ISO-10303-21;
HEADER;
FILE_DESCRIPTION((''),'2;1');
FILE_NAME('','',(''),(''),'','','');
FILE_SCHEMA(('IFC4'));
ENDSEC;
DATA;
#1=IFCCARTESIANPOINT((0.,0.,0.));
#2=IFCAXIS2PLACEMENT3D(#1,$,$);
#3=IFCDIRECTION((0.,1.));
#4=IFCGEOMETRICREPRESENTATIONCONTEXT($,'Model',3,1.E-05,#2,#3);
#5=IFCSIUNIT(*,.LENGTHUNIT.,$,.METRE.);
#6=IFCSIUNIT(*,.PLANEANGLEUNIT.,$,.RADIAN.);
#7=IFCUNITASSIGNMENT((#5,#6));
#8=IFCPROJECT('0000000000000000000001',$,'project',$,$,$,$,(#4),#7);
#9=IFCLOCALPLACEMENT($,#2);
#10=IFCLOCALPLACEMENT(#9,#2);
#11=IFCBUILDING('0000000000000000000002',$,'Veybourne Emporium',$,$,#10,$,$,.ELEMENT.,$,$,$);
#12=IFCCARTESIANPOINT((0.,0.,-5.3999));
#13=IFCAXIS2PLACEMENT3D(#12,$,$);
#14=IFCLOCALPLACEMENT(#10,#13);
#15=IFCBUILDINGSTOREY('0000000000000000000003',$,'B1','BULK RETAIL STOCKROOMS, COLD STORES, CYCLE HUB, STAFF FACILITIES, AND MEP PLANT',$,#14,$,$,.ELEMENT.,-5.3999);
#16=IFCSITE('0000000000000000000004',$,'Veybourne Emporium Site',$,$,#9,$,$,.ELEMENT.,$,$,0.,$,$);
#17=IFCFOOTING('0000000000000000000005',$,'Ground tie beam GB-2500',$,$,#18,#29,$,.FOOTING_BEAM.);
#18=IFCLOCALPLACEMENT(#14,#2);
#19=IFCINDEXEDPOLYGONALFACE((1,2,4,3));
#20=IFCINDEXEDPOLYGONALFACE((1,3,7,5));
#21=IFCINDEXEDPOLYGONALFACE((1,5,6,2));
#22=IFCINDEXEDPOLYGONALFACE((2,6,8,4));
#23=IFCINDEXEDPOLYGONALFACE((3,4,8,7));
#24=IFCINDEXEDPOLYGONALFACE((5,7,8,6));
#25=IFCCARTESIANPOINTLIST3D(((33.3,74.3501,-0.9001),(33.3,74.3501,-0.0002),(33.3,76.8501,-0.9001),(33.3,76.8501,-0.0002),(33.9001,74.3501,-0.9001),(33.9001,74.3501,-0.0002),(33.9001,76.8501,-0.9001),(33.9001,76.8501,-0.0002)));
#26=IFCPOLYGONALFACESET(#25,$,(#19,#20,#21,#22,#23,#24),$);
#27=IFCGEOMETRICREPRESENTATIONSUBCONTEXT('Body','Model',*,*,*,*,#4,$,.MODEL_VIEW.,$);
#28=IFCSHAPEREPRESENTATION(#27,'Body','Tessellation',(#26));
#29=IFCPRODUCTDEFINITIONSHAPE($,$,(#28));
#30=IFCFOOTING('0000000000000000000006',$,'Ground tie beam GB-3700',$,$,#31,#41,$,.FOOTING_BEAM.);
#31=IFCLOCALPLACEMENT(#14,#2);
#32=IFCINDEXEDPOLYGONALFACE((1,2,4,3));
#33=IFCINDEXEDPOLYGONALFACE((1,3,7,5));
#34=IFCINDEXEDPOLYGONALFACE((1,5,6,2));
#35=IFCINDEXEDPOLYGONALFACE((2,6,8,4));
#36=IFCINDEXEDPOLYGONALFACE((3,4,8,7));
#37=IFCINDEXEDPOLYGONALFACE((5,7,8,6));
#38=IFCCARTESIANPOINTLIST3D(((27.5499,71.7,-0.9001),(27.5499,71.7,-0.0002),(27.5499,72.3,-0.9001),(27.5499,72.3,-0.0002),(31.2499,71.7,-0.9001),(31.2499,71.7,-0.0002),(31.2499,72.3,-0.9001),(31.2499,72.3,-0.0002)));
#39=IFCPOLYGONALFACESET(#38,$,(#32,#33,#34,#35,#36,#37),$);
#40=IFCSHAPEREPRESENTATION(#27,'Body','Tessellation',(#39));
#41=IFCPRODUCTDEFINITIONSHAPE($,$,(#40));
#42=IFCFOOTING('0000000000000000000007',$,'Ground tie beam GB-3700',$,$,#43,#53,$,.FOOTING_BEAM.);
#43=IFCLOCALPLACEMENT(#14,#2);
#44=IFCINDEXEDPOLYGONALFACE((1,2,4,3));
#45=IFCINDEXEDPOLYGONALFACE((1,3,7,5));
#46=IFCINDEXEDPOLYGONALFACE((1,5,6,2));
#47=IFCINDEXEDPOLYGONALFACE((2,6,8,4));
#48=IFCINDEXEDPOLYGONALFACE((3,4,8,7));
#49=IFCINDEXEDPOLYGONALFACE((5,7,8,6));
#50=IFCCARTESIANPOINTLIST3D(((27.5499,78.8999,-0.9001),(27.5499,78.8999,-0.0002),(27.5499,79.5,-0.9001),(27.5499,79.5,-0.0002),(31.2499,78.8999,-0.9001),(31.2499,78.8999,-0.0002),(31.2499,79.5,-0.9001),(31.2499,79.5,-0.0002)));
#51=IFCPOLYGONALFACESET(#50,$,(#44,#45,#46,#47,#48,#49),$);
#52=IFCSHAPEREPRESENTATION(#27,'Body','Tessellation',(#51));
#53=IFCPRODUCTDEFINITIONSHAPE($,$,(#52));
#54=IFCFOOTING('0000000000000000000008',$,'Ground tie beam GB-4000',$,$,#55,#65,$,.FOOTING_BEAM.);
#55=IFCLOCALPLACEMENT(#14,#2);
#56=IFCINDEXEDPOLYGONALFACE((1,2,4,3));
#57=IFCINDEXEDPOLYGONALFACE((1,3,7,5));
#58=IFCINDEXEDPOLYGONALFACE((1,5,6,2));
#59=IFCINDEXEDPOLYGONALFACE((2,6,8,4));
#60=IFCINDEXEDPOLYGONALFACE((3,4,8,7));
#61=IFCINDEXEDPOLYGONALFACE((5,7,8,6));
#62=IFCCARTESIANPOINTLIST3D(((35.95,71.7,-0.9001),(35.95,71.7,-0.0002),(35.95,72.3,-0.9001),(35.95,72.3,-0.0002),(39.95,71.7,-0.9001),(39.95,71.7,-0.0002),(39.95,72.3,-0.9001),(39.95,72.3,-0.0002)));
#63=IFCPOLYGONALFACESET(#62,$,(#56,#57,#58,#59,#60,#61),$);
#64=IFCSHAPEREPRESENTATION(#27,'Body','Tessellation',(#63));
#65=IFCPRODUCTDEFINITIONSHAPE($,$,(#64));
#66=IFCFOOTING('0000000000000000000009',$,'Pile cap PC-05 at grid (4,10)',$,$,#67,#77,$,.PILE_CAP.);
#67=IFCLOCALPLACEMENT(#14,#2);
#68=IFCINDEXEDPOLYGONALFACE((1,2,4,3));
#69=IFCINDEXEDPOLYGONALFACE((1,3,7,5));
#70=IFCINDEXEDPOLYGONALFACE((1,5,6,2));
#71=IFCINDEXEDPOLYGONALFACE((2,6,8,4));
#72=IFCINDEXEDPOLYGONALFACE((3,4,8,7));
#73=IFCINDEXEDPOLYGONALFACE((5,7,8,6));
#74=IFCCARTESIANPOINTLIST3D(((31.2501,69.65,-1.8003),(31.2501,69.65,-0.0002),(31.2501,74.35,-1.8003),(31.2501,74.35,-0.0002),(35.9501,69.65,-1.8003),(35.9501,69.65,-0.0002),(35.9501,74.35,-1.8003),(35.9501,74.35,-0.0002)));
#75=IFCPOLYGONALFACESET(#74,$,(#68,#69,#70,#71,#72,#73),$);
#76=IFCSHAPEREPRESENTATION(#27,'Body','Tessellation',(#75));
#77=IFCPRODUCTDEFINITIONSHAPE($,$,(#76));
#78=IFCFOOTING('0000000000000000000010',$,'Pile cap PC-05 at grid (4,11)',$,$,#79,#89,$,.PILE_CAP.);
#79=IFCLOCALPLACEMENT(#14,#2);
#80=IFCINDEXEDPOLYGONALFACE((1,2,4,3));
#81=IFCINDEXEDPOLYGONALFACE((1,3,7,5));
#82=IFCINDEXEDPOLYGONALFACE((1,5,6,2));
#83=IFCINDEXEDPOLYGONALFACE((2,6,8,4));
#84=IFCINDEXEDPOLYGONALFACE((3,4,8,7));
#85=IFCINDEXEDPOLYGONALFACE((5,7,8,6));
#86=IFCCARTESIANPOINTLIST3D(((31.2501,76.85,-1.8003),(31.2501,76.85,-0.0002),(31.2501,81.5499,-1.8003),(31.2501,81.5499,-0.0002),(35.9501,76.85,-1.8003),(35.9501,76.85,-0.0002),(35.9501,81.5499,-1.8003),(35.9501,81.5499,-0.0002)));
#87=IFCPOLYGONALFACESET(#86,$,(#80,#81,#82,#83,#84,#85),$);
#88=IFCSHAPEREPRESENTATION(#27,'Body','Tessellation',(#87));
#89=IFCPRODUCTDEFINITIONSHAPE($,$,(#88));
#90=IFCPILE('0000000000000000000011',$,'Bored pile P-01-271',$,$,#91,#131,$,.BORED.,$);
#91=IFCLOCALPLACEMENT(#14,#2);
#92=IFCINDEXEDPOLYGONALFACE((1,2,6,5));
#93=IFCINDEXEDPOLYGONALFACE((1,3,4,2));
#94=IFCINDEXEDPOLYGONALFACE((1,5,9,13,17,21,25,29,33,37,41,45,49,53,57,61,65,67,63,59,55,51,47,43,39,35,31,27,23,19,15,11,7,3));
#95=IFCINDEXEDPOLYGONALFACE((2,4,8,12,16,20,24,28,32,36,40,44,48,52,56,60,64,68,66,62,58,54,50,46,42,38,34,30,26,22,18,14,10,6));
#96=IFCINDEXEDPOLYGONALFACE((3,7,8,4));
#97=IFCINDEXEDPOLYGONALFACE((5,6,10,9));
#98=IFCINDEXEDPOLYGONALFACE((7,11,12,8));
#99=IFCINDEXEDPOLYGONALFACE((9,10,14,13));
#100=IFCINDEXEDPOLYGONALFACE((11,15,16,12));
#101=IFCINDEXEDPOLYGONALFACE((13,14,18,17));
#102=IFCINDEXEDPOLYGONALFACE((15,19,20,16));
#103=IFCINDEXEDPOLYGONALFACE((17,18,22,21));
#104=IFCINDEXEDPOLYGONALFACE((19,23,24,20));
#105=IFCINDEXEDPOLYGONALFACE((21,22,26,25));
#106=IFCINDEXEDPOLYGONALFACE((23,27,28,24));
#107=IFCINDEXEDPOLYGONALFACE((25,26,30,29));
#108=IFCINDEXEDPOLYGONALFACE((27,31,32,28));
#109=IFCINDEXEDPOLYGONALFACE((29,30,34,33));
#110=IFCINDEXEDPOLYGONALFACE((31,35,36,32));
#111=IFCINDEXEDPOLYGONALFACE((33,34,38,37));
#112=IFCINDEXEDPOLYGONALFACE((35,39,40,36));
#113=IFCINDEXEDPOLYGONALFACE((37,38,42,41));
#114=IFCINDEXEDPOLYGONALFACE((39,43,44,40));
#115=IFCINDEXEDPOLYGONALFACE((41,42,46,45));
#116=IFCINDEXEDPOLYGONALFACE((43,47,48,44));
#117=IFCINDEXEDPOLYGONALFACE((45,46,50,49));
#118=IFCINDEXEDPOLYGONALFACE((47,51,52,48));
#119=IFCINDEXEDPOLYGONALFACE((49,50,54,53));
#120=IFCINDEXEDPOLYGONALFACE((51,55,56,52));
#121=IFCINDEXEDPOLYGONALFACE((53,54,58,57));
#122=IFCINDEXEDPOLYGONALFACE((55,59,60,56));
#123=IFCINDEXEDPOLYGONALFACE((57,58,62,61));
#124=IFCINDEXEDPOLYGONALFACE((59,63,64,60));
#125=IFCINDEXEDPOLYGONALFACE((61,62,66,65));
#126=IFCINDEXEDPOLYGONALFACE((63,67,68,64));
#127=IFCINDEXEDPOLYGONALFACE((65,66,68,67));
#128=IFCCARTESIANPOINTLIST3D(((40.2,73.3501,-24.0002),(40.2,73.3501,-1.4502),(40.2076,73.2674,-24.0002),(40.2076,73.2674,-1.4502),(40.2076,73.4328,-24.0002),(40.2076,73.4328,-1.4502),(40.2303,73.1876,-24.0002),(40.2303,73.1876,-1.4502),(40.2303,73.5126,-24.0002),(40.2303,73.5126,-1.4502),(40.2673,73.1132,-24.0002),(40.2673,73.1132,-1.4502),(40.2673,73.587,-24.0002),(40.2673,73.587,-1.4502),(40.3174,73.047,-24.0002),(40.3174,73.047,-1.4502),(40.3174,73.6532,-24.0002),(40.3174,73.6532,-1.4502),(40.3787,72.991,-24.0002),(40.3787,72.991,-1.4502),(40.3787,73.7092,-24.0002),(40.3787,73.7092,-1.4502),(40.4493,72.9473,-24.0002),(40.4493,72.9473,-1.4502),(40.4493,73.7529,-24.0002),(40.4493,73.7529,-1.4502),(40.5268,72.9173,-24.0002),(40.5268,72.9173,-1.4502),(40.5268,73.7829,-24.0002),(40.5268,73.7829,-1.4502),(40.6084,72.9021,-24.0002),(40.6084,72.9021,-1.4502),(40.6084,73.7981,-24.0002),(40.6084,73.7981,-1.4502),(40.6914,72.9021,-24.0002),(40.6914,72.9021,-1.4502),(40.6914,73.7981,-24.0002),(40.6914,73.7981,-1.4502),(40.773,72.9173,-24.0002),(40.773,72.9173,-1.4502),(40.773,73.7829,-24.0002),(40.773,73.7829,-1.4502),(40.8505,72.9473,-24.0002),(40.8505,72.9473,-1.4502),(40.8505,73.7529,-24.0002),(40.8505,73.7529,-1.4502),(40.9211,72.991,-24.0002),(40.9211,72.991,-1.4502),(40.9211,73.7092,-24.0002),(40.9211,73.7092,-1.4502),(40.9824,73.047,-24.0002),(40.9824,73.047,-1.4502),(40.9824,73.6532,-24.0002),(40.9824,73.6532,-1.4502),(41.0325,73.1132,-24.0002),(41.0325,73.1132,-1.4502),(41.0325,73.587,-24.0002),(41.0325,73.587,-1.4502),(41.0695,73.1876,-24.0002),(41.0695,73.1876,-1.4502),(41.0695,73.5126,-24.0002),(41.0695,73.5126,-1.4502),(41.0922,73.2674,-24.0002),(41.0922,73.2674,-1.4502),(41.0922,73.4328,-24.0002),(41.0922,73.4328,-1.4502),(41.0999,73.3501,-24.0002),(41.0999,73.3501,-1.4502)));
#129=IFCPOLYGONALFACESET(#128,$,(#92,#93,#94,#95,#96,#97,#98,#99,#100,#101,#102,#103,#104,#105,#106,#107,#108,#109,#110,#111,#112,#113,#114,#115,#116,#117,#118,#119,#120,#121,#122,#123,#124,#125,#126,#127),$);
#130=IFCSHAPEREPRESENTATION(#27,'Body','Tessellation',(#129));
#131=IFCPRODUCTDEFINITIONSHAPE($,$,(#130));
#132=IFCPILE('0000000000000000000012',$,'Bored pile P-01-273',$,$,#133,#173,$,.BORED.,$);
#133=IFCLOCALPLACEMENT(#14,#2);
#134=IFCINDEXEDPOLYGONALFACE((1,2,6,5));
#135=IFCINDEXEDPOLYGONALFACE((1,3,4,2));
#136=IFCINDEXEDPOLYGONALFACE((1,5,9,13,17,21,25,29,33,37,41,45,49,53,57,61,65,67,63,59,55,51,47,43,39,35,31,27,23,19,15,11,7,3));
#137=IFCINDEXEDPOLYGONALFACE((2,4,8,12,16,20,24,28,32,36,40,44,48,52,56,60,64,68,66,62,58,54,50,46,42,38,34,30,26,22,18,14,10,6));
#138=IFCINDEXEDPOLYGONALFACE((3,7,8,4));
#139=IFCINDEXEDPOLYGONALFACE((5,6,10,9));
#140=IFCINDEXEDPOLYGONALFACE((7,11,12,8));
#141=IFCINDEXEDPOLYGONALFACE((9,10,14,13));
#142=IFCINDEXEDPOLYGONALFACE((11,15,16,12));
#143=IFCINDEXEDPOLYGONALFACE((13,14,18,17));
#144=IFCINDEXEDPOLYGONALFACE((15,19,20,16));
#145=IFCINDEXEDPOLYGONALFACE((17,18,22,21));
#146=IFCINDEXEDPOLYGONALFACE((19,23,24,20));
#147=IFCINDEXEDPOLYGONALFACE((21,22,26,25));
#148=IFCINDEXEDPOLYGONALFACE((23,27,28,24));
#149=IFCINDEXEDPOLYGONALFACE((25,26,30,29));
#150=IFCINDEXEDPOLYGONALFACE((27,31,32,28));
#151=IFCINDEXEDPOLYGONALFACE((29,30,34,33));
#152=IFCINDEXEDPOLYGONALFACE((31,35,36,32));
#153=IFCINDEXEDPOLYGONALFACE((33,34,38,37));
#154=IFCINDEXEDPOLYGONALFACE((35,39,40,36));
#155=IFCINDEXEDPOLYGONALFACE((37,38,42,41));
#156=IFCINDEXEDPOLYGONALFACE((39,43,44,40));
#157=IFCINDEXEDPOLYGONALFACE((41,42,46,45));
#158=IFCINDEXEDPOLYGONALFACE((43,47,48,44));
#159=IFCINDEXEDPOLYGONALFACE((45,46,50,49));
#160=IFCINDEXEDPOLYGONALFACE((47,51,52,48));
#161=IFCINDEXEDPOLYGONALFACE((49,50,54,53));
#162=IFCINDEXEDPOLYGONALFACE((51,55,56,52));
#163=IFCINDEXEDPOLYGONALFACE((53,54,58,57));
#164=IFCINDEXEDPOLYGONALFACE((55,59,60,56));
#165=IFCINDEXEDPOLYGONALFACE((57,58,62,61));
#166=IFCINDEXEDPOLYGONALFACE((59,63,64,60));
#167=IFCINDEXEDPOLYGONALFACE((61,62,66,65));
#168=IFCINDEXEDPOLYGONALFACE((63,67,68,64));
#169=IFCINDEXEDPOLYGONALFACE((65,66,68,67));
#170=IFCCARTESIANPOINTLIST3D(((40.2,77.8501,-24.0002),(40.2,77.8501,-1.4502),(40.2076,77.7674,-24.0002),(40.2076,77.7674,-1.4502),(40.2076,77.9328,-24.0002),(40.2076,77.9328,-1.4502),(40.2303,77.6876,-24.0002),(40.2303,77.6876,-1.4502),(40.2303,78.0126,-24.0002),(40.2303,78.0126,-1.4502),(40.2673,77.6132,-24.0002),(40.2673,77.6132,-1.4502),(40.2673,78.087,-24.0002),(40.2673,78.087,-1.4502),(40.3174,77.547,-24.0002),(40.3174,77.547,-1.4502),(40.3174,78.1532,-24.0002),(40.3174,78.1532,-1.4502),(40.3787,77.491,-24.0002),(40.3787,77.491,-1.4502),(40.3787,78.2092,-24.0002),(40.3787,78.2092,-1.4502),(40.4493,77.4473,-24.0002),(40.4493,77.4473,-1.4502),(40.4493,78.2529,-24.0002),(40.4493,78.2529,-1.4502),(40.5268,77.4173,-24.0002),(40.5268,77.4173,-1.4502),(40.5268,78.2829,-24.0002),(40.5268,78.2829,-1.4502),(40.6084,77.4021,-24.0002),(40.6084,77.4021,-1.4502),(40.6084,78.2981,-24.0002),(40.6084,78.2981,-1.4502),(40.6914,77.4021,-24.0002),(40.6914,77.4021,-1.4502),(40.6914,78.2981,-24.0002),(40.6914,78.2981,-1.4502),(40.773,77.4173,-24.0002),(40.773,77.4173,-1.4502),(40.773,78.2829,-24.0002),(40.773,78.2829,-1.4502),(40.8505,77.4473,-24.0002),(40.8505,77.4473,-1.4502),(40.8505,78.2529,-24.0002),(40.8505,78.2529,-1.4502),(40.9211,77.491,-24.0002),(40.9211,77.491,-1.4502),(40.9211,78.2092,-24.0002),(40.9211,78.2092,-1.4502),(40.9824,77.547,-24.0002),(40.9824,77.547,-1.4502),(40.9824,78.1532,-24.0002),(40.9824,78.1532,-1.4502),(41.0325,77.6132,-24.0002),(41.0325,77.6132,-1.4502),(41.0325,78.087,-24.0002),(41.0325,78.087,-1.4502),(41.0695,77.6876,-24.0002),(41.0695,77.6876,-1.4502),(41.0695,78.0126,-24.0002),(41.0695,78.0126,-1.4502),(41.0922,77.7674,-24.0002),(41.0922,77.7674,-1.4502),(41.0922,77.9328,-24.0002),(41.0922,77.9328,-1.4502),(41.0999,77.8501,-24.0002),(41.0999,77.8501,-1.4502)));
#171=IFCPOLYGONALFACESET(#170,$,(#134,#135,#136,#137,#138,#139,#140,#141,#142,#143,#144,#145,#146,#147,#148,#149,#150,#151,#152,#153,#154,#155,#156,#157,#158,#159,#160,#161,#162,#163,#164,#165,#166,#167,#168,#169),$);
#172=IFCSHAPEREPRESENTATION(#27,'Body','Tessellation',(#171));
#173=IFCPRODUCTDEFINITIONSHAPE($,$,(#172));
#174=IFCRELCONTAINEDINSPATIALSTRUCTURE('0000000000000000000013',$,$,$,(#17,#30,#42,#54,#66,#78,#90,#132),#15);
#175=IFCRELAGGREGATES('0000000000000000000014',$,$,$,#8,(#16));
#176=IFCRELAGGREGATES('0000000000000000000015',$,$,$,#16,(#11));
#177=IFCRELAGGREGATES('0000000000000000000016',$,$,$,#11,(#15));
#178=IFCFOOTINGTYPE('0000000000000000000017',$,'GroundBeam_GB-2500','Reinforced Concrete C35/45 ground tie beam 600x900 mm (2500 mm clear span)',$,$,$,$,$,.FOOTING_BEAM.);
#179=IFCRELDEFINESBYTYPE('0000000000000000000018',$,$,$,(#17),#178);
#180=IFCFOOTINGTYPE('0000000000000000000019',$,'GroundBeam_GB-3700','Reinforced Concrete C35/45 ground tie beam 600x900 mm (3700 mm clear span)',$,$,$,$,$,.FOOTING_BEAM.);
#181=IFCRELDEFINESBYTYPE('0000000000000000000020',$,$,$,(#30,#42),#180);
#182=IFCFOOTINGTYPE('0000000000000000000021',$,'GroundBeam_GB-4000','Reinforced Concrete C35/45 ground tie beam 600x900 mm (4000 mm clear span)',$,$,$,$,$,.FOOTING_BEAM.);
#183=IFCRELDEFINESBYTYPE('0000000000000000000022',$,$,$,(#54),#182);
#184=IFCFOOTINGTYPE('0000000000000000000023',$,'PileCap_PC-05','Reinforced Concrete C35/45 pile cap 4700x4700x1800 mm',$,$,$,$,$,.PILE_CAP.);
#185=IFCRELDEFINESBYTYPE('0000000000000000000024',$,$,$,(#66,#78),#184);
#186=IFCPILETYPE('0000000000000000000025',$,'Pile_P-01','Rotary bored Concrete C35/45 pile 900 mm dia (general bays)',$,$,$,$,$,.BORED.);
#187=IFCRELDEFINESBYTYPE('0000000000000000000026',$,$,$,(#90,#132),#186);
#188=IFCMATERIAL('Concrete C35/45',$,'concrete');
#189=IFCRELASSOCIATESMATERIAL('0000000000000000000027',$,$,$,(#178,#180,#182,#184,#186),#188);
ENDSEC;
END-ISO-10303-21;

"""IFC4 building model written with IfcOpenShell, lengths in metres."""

from ifc_helpers import new_model, si_unit, direction, frame, origin, origin_2d, place, context, subcontext, project, spatial, rectangle, circle, extrude, material, material_profile, profile_set, type_object, element, save


model = new_model("IFC4")

# Units and contexts
model_context = context("Model", 3, precision=1e-05, world=origin(), true_north=direction((0.0, 1.0)))
body_context = subcontext(model_context, "Body", "Model", "MODEL_VIEW")
ifc_project = project(units=[si_unit("LENGTHUNIT", "METRE"), si_unit("PLANEANGLEUNIT", "RADIAN")], contexts=[model_context])

# Site, building, storey
site_placement = place(None, origin())
site = spatial("IfcSite", under=ifc_project, at=site_placement, Name="Veybourne Emporium Site", CompositionType="ELEMENT", RefElevation=0.0)
building_placement = place(site_placement, origin())
building = spatial("IfcBuilding", under=site, at=building_placement, Name="Veybourne Emporium", CompositionType="ELEMENT")
storey_placement = place(building_placement, frame((0.0, 0.0, -5.3999)))
storey = spatial("IfcBuildingStorey", under=building, at=storey_placement, Name="B1", Description="BULK RETAIL STOCKROOMS, COLD STORES, CYCLE HUB, STAFF FACILITIES, AND MEP PLANT", CompositionType="ELEMENT", Elevation=-5.3999)

# Footings
ifc_material_1 = material(Name="Concrete C35/45", Category="concrete")
footing_type_1 = type_object("IfcFootingType", Name="GroundBeam_GB-2500", Description="Reinforced Concrete C35/45 ground tie beam 600x900 mm (2500 mm clear span)", PredefinedType="FOOTING_BEAM", material=ifc_material_1)
footing_1_placement = place(storey_placement, frame((33.6001, 75.6001, -0.9001), z_axis=(0.0, 0.0, 1.0), x_axis=(0.0, 1.0, 0.0)))
element("IfcFooting", 1, at=footing_1_placement, inside=storey, type_object=footing_type_1, Name="Ground tie beam GB-2500", PredefinedType="FOOTING_BEAM", context=body_context, shape_type="SweptSolid", body=[
    extrude(rectangle(XDim=2.5, YDim=0.6001, at=origin_2d()), origin(), (0.0, 0.0, 1.0), 0.8999),
])
footing_type_2 = type_object("IfcFootingType", Name="GroundBeam_GB-3700", Description="Reinforced Concrete C35/45 ground tie beam 600x900 mm (3700 mm clear span)", PredefinedType="FOOTING_BEAM", material=ifc_material_1)
for number, where, z_axis, x_axis, name in (
    (2, (29.3999, 72.0, -0.9001), (0.0, 0.0, 1.0), (1.0, 0.0, 0.0), "Ground tie beam GB-3700"),
    (3, (29.3999, 79.2, -0.9001), (0.0, 0.0, 1.0), (1.0, 0.0, 0.0), "Ground tie beam GB-3700"),
):
    element("IfcFooting", number, at=place(storey_placement, frame(where, z_axis=z_axis, x_axis=x_axis)), inside=storey, type_object=footing_type_2, Name=name, PredefinedType="FOOTING_BEAM", context=body_context, shape_type="SweptSolid", body=[
        extrude(rectangle(XDim=3.7, YDim=0.6001, at=origin_2d()), origin(), (0.0, 0.0, 1.0), 0.8999),
    ])
footing_type_3 = type_object("IfcFootingType", Name="GroundBeam_GB-4000", Description="Reinforced Concrete C35/45 ground tie beam 600x900 mm (4000 mm clear span)", PredefinedType="FOOTING_BEAM", material=ifc_material_1)
footing_2_placement = place(storey_placement, frame((37.95, 72.0, -0.9001), z_axis=(0.0, 0.0, 1.0), x_axis=(1.0, 0.0, 0.0)))
element("IfcFooting", 4, at=footing_2_placement, inside=storey, type_object=footing_type_3, Name="Ground tie beam GB-4000", PredefinedType="FOOTING_BEAM", context=body_context, shape_type="SweptSolid", body=[
    extrude(rectangle(XDim=4.0, YDim=0.6001, at=origin_2d()), origin(), (0.0, 0.0, 1.0), 0.8999),
])
footing_type_4 = type_object("IfcFootingType", Name="PileCap_PC-05", Description="Reinforced Concrete C35/45 pile cap 4700x4700x1800 mm", PredefinedType="PILE_CAP", material=ifc_material_1)
for number, where, z_axis, x_axis, name in (
    (5, (33.6001, 72.0, -1.8003), (0.0, 0.0, 1.0), (1.0, 0.0, 0.0), "Pile cap PC-05 at grid (4,10)"),
    (6, (33.6001, 79.2, -1.8003), (0.0, 0.0, 1.0), (1.0, 0.0, 0.0), "Pile cap PC-05 at grid (4,11)"),
):
    element("IfcFooting", number, at=place(storey_placement, frame(where, z_axis=z_axis, x_axis=x_axis)), inside=storey, type_object=footing_type_4, Name=name, PredefinedType="PILE_CAP", context=body_context, shape_type="SweptSolid", body=[
        extrude(rectangle(XDim=4.7, YDim=4.7, at=origin_2d()), origin(), (0.0, 0.0, 1.0), 1.8),
    ])

# Piles
ifc_material_profile_1 = material_profile(ifc_material_1, circle(Radius=0.45, at=origin_2d()), Name="BORED PILE 900")
ifc_profile_set_1 = profile_set([ifc_material_profile_1], Name="Concrete C35/45")
pile_type_1 = type_object("IfcPileType", Name="Pile_P-01", Description="Rotary bored Concrete C35/45 pile 900 mm dia (general bays)", PredefinedType="BORED", material=ifc_profile_set_1)
for number, where, z_axis, x_axis, name in (
    (7, (40.6499, 73.3501, -1.4502), (0.0, 0.0, -1.0), (1.0, 0.0, 0.0), "Bored pile P-01-271"),
    (8, (40.6499, 77.8501, -1.4502), (0.0, 0.0, -1.0), (1.0, 0.0, 0.0), "Bored pile P-01-273"),
):
    element("IfcPile", number, at=place(storey_placement, frame(where, z_axis=z_axis, x_axis=x_axis)), inside=storey, type_object=pile_type_1, Name=name, PredefinedType="BORED", context=body_context, shape_type="SweptSolid", body=[
        extrude(circle(Radius=0.45, at=origin_2d()), origin(), (0.0, 0.0, 1.0), 22.55),
    ])

save(model, "model.ifc")
